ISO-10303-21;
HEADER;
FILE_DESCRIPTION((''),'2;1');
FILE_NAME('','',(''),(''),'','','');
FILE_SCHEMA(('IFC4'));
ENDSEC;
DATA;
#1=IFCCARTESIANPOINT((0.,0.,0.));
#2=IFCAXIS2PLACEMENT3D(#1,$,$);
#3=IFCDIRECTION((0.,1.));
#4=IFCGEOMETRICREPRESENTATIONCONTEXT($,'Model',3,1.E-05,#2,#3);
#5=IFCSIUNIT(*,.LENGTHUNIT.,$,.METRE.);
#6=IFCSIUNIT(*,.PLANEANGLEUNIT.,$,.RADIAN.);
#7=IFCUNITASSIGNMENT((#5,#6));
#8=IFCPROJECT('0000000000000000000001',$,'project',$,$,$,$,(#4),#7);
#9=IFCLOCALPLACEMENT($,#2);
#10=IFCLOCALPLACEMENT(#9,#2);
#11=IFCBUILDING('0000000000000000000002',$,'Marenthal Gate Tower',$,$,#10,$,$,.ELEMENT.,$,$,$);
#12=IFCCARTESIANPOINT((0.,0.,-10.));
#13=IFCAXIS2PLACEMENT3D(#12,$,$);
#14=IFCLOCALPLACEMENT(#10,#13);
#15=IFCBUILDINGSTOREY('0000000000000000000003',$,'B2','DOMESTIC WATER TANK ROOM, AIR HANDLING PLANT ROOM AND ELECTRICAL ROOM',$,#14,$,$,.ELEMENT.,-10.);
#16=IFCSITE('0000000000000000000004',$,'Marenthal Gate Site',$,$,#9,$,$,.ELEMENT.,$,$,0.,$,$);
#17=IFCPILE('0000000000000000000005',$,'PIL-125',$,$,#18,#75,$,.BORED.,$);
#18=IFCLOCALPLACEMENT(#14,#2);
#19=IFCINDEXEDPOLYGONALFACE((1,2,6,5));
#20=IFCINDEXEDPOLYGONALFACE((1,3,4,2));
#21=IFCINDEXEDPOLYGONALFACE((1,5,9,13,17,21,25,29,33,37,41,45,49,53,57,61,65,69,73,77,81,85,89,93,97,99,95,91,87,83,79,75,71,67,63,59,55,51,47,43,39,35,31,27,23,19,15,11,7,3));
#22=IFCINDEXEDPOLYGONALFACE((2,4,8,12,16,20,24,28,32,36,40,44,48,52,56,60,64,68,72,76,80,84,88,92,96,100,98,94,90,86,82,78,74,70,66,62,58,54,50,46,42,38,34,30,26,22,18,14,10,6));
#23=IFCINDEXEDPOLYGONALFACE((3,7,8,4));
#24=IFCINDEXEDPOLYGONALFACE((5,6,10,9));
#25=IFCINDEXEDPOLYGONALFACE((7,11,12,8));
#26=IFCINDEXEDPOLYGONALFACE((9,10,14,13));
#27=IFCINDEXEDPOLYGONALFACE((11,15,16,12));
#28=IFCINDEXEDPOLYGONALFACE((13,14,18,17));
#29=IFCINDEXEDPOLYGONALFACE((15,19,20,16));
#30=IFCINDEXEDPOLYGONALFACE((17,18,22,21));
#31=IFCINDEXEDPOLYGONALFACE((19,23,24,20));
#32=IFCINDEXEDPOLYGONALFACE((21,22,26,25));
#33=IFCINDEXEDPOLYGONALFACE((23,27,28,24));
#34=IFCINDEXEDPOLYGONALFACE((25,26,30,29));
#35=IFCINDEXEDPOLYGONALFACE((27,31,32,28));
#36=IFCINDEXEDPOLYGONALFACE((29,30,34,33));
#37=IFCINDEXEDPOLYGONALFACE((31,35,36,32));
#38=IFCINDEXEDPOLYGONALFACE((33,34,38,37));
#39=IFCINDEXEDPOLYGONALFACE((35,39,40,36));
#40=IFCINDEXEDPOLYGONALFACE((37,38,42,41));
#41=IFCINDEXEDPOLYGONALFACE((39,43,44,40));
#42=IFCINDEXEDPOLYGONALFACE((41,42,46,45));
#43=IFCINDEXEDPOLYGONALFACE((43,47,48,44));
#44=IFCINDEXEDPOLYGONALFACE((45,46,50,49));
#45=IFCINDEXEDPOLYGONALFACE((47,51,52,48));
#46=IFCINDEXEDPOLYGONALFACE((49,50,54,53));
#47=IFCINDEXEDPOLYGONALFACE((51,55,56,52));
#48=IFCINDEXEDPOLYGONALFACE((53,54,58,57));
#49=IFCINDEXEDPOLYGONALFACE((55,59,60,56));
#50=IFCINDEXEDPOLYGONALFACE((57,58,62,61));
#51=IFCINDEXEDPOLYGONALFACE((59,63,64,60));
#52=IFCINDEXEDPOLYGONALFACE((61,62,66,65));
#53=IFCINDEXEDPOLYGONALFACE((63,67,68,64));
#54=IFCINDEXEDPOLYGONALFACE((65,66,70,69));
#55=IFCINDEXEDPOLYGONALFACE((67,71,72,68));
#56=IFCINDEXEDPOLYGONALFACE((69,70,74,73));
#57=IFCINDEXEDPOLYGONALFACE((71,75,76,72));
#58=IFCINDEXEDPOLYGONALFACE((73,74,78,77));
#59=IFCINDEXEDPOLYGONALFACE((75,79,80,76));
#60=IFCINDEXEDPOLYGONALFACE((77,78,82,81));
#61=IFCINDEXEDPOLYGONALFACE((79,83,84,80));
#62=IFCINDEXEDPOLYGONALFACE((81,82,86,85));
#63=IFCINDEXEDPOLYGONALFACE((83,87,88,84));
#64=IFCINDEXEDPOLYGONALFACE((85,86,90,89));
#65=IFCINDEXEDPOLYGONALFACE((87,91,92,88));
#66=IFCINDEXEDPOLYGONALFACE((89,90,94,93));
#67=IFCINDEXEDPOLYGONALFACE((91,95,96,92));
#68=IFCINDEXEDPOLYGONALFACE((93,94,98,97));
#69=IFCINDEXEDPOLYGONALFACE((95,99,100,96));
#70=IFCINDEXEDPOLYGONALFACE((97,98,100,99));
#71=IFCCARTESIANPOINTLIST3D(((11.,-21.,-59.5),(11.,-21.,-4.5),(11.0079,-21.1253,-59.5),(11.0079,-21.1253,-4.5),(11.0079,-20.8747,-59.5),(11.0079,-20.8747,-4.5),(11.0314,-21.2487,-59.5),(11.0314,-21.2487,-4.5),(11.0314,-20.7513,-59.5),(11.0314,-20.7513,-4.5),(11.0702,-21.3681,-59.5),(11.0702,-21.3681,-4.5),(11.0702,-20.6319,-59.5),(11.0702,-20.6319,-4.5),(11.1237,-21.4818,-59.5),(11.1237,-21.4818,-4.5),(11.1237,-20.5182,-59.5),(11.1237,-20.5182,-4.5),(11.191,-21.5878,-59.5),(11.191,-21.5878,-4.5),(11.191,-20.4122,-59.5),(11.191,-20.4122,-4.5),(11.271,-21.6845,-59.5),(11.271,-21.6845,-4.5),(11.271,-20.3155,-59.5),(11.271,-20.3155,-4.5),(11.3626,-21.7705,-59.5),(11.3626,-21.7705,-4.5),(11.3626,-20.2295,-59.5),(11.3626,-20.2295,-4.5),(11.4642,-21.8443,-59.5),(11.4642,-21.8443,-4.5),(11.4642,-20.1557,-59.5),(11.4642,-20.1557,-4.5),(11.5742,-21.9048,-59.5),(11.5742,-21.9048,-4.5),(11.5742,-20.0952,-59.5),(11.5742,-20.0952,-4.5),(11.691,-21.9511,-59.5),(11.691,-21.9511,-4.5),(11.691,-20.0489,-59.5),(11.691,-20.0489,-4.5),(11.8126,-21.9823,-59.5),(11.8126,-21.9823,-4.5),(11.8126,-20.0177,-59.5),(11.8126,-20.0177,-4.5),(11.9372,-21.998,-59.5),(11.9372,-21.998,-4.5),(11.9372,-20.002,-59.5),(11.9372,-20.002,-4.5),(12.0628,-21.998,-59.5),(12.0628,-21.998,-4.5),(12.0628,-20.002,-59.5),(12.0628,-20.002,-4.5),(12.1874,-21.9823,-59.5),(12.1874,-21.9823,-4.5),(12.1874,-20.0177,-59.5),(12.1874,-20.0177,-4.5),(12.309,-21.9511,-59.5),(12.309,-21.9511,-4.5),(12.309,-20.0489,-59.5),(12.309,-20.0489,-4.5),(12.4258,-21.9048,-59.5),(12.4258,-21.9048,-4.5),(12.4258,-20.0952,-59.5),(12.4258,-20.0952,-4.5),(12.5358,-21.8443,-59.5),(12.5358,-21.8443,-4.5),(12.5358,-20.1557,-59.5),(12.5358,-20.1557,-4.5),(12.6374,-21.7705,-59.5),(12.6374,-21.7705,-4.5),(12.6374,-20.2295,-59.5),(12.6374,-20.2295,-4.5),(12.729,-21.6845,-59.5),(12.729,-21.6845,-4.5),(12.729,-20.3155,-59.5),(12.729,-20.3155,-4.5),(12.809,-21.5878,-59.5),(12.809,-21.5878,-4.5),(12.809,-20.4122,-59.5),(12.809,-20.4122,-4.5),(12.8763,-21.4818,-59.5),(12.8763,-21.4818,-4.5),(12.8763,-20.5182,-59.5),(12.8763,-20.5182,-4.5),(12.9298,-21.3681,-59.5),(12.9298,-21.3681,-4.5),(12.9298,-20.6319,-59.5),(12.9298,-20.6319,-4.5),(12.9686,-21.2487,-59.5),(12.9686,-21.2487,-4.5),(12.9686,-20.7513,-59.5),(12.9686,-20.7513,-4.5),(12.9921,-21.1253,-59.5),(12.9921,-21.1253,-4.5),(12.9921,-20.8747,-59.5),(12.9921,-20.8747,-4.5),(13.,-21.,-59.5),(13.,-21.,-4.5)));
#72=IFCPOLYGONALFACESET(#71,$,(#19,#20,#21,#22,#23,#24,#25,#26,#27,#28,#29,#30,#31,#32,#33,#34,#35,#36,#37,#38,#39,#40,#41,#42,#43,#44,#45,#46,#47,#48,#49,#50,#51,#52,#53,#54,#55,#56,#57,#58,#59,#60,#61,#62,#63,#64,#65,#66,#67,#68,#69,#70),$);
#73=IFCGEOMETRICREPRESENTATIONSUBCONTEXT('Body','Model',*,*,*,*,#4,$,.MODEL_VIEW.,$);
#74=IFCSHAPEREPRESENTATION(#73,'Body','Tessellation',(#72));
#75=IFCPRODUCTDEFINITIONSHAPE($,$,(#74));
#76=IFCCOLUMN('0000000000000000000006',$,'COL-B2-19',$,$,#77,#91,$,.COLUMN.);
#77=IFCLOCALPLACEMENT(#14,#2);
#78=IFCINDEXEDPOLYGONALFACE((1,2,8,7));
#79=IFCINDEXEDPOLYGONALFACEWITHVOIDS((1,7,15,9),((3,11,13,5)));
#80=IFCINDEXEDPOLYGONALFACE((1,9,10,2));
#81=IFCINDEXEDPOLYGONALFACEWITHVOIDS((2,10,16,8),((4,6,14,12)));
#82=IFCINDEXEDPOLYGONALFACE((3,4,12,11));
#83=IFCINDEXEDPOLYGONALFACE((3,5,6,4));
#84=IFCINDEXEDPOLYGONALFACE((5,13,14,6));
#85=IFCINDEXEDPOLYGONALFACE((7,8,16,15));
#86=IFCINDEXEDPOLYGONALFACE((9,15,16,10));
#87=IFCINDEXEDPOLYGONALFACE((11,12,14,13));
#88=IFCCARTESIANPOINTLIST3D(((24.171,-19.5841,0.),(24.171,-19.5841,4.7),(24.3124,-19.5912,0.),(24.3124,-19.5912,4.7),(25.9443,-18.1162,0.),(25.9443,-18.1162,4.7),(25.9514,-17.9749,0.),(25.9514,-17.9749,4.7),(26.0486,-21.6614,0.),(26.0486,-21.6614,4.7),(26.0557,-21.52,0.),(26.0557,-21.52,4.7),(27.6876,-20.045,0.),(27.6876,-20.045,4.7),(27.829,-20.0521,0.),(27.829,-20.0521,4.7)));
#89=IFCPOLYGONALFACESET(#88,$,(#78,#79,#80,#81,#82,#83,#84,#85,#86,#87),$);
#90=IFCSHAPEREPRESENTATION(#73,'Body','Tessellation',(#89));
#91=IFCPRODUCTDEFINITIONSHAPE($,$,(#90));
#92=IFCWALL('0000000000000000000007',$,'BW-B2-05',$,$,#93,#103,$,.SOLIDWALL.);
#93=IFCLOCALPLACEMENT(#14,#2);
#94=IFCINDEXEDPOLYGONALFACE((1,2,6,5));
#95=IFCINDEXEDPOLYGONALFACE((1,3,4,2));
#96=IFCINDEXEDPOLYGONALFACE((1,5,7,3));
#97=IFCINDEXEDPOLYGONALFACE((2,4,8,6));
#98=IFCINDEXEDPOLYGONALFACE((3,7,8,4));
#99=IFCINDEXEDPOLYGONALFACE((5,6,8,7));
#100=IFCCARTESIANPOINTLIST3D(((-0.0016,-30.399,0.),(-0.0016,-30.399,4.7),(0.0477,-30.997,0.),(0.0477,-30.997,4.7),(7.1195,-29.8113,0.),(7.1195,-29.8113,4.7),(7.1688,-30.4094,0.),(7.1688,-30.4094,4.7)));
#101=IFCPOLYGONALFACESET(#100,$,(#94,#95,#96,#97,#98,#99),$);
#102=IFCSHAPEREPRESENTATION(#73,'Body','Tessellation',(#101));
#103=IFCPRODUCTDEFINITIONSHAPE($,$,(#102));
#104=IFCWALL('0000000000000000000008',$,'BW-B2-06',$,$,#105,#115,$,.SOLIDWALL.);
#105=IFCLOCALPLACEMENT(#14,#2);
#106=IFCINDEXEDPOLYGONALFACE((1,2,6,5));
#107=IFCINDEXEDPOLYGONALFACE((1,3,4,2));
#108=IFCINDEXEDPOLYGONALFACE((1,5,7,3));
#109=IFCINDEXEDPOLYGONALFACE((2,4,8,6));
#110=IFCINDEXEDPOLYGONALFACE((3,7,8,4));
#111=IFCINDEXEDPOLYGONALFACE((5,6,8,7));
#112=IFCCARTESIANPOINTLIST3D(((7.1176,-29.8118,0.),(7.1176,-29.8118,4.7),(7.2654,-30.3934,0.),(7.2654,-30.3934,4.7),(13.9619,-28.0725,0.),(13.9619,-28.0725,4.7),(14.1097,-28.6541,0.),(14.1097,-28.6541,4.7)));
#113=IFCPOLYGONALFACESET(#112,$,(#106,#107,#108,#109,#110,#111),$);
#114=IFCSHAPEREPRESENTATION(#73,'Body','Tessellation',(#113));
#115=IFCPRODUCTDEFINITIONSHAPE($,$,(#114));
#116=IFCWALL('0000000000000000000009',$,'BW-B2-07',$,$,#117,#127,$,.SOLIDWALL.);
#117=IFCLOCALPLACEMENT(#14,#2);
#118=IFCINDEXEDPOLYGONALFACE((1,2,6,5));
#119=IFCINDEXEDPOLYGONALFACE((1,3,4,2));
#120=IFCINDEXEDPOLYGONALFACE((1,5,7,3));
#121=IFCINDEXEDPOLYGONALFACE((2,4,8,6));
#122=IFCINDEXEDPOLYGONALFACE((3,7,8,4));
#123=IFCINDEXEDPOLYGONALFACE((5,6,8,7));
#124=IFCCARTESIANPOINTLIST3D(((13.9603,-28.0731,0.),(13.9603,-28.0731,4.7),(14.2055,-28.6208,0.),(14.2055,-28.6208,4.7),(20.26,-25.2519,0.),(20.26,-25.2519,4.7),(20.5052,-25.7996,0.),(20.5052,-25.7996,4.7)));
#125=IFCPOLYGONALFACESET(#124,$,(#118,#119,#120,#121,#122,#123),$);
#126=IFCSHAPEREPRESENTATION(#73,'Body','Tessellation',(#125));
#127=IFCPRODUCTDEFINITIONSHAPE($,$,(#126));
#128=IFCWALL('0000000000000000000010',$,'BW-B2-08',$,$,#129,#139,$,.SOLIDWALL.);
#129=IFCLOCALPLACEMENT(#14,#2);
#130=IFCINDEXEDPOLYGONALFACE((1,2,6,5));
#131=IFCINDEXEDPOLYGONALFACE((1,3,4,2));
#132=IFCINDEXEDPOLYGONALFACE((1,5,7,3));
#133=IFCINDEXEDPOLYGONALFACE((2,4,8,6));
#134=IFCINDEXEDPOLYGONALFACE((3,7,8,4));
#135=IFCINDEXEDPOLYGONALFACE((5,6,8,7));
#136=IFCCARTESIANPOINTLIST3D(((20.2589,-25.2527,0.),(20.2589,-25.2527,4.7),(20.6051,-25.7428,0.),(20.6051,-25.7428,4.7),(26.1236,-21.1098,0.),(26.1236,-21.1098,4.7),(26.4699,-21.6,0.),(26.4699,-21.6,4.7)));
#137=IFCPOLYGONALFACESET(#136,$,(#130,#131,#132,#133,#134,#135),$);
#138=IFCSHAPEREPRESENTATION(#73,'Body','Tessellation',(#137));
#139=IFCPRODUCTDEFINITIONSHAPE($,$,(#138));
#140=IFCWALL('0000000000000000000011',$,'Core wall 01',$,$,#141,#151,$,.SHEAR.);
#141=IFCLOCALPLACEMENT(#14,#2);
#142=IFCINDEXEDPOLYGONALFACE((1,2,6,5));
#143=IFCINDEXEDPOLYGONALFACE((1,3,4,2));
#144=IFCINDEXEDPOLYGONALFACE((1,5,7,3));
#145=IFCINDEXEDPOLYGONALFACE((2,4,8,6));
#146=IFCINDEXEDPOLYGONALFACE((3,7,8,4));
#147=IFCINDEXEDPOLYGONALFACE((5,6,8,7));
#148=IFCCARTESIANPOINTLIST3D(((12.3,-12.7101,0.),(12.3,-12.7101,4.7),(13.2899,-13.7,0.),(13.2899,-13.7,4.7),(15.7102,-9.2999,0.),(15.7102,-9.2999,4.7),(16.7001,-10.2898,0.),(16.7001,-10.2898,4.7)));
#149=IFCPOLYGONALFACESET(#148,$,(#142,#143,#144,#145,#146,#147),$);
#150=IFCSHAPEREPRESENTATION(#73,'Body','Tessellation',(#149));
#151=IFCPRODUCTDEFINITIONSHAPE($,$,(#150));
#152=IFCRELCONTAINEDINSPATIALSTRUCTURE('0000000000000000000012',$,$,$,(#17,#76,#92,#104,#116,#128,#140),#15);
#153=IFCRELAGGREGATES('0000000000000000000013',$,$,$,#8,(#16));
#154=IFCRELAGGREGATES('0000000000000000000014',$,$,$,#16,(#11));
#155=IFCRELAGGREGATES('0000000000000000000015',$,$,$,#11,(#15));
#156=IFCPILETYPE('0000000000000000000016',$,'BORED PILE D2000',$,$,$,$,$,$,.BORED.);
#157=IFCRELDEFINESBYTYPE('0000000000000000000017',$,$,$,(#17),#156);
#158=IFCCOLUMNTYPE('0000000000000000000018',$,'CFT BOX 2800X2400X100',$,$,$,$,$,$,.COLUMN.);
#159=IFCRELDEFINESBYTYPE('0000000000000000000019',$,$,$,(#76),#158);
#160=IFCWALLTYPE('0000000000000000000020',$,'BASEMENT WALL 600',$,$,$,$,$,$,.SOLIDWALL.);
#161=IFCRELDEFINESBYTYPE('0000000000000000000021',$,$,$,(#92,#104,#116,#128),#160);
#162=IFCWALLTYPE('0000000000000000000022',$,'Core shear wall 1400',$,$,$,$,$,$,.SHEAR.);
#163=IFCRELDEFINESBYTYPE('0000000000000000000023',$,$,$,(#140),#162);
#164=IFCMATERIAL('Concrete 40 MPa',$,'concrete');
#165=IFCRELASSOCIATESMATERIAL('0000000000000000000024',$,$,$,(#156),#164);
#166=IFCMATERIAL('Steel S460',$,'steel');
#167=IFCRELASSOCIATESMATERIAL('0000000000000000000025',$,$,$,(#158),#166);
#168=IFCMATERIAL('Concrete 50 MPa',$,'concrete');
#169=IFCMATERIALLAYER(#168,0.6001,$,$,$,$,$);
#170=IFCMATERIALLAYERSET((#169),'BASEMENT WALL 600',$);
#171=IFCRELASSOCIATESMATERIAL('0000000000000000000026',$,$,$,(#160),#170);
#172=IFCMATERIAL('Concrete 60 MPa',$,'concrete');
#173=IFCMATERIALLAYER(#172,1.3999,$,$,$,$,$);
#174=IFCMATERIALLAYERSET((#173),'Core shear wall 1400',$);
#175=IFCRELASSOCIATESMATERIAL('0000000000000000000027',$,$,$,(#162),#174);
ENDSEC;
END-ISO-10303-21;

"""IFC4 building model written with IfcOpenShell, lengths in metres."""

from ifc_helpers import new_model, si_unit, direction, frame, frame_2d, origin, origin_2d, place, context, subcontext, project, spatial, rectangle, hollow_rectangle, circle, extrude, material, layer, layer_set, material_profile, profile_set, type_object, element, save


model = new_model("IFC4")

# Units and contexts
model_context = context("Model", 3, precision=1e-05, world=origin(), true_north=direction((0.0, 1.0)))
body_context = subcontext(model_context, "Body", "Model", "MODEL_VIEW")
ifc_project = project(units=[si_unit("LENGTHUNIT", "METRE"), si_unit("PLANEANGLEUNIT", "RADIAN")], contexts=[model_context])

# Site, building, storey
site_placement = place(None, origin())
site = spatial("IfcSite", under=ifc_project, at=site_placement, Name="Marenthal Gate Site", CompositionType="ELEMENT", RefElevation=0.0)
building_placement = place(site_placement, origin())
building = spatial("IfcBuilding", under=site, at=building_placement, Name="Marenthal Gate Tower", CompositionType="ELEMENT")
storey_placement = place(building_placement, frame((0.0, 0.0, -10.0)))
storey = spatial("IfcBuildingStorey", under=building, at=storey_placement, Name="B2", Description="DOMESTIC WATER TANK ROOM, AIR HANDLING PLANT ROOM AND ELECTRICAL ROOM", CompositionType="ELEMENT", Elevation=-10.0)

# Pile
ifc_material_1 = material(Name="Concrete 40 MPa", Category="concrete")
pile_type = type_object("IfcPileType", Name="BORED PILE D2000", PredefinedType="BORED", material=ifc_material_1)
for number, where, z_axis, x_axis, name in (
    (1, (12.0, -21.0, -4.5), (0.0, 0.0, -1.0), (1.0, 0.0, 0.0), "PIL-125"),
):
    element("IfcPile", number, at=place(storey_placement, frame(where, z_axis=z_axis, x_axis=x_axis)), inside=storey, type_object=pile_type, Name=name, PredefinedType="BORED", context=body_context, shape_type="SweptSolid", body=[
        extrude(circle(Radius=1.0, at=origin_2d()), origin(), (0.0, 0.0, 1.0), 55.0),
    ])

# Column
ifc_material_2 = material(Name="Steel S460", Category="steel")
ifc_material_profile_1 = material_profile(ifc_material_2, hollow_rectangle(XDim=2.3999, YDim=2.8, WallThickness=0.1001, at=origin_2d()), Name="CFT BOX 2800X2400X100")
ifc_material_3 = material(Name="Concrete 70 MPa", Category="concrete")
ifc_material_profile_2 = material_profile(ifc_material_3, rectangle(XDim=2.2, YDim=2.6001, at=origin_2d()), Name="CFT BOX 2800X2400X100 INFILL")
ifc_profile_set = profile_set([ifc_material_profile_1, ifc_material_profile_2], Name="Steel S460 shell, Concrete 70 MPa infill")
column_type = type_object("IfcColumnType", Name="CFT BOX 2800X2400X100", PredefinedType="COLUMN", material=ifc_profile_set)
column_placement = place(storey_placement, frame((26.0, -19.8181, 0.0), z_axis=(0.0, 0.0, 1.0), x_axis=(-0.741874, -0.670539, 0.0)))
element("IfcColumn", 2, at=column_placement, inside=storey, type_object=column_type, Name="COL-B2-19", PredefinedType="COLUMN", context=body_context, shape_type="SweptSolid", body=[
    extrude(hollow_rectangle(XDim=2.3999, YDim=2.8, WallThickness=0.1001, at=origin_2d()), origin(), (0.0, 0.0, 1.0), 4.7),
])

# Walls
ifc_material_4 = material(Name="Concrete 50 MPa", Category="concrete")
ifc_layer_1 = layer(ifc_material_4, 0.6001)
ifc_layer_set_1 = layer_set([ifc_layer_1], Name="BASEMENT WALL 600")
wall_type_1 = type_object("IfcWallType", Name="BASEMENT WALL 600", PredefinedType="SOLIDWALL", material=ifc_layer_set_1)
wall_1_placement = place(storey_placement, frame((0.0229, -30.698, 0.0), z_axis=(0.0, 0.0, 1.0), x_axis=(0.996612, 0.082242, 0.0)))
element("IfcWall", 3, at=wall_1_placement, inside=storey, type_object=wall_type_1, Name="BW-B2-05", PredefinedType="SOLIDWALL", context=body_context, shape_type="SweptSolid", body=[
    extrude(rectangle(XDim=7.1453, YDim=0.6001, at=frame_2d((3.5728, 0.0))), origin(), (0.0, 0.0, 1.0), 4.7),
])
wall_2_placement = place(storey_placement, frame((7.1917, -30.1025, 0.0), z_axis=(0.0, 0.0, 1.0), x_axis=(0.969196, 0.246292, 0.0)))
element("IfcWall", 4, at=wall_2_placement, inside=storey, type_object=wall_type_1, Name="BW-B2-06", PredefinedType="SOLIDWALL", context=body_context, shape_type="SweptSolid", body=[
    extrude(rectangle(XDim=7.0618, YDim=0.6001, at=frame_2d((3.5308, 0.0))), origin(), (0.0, 0.0, 1.0), 4.7),
])
wall_3_placement = place(storey_placement, frame((14.083, -28.3469, 0.0), z_axis=(0.0, 0.0, 1.0), x_axis=(0.912659, 0.408723, 0.0)))
element("IfcWall", 5, at=wall_3_placement, inside=storey, type_object=wall_type_1, Name="BW-B2-07", PredefinedType="SOLIDWALL", context=body_context, shape_type="SweptSolid", body=[
    extrude(rectangle(XDim=6.9026, YDim=0.6001, at=frame_2d((3.4512, 0.0))), origin(), (0.0, 0.0, 1.0), 4.7),
])
wall_4_placement = place(storey_placement, frame((20.4319, -25.4978, 0.0), z_axis=(0.0, 0.0, 1.0), x_axis=(0.816771, 0.576962, 0.0)))
element("IfcWall", 6, at=wall_4_placement, inside=storey, type_object=wall_type_1, Name="BW-B2-08", PredefinedType="SOLIDWALL", context=body_context, shape_type="SweptSolid", body=[
    extrude(rectangle(XDim=7.1804, YDim=0.6001, at=frame_2d((3.5903, 0.0))), origin(), (0.0, 0.0, 1.0), 4.7),
])
ifc_material_5 = material(Name="Concrete 60 MPa", Category="concrete")
ifc_layer_2 = layer(ifc_material_5, 1.3999)
ifc_layer_set_2 = layer_set([ifc_layer_2], Name="Core shear wall 1400")
wall_type_2 = type_object("IfcWallType", Name="Core shear wall 1400", PredefinedType="SHEAR", material=ifc_layer_set_2)
wall_5_placement = place(storey_placement, frame((12.7949, -13.2051, 0.0), z_axis=(0.0, 0.0, 1.0), x_axis=(0.707107, 0.707107, 0.0)))
element("IfcWall", 7, at=wall_5_placement, inside=storey, type_object=wall_type_2, Name="Core wall 01", PredefinedType="SHEAR", context=body_context, shape_type="SweptSolid", body=[
    extrude(rectangle(XDim=4.8228, YDim=1.3999, at=frame_2d((2.4114, 0.0))), origin(), (0.0, 0.0, 1.0), 4.7),
])

save(model, "model.ifc")
